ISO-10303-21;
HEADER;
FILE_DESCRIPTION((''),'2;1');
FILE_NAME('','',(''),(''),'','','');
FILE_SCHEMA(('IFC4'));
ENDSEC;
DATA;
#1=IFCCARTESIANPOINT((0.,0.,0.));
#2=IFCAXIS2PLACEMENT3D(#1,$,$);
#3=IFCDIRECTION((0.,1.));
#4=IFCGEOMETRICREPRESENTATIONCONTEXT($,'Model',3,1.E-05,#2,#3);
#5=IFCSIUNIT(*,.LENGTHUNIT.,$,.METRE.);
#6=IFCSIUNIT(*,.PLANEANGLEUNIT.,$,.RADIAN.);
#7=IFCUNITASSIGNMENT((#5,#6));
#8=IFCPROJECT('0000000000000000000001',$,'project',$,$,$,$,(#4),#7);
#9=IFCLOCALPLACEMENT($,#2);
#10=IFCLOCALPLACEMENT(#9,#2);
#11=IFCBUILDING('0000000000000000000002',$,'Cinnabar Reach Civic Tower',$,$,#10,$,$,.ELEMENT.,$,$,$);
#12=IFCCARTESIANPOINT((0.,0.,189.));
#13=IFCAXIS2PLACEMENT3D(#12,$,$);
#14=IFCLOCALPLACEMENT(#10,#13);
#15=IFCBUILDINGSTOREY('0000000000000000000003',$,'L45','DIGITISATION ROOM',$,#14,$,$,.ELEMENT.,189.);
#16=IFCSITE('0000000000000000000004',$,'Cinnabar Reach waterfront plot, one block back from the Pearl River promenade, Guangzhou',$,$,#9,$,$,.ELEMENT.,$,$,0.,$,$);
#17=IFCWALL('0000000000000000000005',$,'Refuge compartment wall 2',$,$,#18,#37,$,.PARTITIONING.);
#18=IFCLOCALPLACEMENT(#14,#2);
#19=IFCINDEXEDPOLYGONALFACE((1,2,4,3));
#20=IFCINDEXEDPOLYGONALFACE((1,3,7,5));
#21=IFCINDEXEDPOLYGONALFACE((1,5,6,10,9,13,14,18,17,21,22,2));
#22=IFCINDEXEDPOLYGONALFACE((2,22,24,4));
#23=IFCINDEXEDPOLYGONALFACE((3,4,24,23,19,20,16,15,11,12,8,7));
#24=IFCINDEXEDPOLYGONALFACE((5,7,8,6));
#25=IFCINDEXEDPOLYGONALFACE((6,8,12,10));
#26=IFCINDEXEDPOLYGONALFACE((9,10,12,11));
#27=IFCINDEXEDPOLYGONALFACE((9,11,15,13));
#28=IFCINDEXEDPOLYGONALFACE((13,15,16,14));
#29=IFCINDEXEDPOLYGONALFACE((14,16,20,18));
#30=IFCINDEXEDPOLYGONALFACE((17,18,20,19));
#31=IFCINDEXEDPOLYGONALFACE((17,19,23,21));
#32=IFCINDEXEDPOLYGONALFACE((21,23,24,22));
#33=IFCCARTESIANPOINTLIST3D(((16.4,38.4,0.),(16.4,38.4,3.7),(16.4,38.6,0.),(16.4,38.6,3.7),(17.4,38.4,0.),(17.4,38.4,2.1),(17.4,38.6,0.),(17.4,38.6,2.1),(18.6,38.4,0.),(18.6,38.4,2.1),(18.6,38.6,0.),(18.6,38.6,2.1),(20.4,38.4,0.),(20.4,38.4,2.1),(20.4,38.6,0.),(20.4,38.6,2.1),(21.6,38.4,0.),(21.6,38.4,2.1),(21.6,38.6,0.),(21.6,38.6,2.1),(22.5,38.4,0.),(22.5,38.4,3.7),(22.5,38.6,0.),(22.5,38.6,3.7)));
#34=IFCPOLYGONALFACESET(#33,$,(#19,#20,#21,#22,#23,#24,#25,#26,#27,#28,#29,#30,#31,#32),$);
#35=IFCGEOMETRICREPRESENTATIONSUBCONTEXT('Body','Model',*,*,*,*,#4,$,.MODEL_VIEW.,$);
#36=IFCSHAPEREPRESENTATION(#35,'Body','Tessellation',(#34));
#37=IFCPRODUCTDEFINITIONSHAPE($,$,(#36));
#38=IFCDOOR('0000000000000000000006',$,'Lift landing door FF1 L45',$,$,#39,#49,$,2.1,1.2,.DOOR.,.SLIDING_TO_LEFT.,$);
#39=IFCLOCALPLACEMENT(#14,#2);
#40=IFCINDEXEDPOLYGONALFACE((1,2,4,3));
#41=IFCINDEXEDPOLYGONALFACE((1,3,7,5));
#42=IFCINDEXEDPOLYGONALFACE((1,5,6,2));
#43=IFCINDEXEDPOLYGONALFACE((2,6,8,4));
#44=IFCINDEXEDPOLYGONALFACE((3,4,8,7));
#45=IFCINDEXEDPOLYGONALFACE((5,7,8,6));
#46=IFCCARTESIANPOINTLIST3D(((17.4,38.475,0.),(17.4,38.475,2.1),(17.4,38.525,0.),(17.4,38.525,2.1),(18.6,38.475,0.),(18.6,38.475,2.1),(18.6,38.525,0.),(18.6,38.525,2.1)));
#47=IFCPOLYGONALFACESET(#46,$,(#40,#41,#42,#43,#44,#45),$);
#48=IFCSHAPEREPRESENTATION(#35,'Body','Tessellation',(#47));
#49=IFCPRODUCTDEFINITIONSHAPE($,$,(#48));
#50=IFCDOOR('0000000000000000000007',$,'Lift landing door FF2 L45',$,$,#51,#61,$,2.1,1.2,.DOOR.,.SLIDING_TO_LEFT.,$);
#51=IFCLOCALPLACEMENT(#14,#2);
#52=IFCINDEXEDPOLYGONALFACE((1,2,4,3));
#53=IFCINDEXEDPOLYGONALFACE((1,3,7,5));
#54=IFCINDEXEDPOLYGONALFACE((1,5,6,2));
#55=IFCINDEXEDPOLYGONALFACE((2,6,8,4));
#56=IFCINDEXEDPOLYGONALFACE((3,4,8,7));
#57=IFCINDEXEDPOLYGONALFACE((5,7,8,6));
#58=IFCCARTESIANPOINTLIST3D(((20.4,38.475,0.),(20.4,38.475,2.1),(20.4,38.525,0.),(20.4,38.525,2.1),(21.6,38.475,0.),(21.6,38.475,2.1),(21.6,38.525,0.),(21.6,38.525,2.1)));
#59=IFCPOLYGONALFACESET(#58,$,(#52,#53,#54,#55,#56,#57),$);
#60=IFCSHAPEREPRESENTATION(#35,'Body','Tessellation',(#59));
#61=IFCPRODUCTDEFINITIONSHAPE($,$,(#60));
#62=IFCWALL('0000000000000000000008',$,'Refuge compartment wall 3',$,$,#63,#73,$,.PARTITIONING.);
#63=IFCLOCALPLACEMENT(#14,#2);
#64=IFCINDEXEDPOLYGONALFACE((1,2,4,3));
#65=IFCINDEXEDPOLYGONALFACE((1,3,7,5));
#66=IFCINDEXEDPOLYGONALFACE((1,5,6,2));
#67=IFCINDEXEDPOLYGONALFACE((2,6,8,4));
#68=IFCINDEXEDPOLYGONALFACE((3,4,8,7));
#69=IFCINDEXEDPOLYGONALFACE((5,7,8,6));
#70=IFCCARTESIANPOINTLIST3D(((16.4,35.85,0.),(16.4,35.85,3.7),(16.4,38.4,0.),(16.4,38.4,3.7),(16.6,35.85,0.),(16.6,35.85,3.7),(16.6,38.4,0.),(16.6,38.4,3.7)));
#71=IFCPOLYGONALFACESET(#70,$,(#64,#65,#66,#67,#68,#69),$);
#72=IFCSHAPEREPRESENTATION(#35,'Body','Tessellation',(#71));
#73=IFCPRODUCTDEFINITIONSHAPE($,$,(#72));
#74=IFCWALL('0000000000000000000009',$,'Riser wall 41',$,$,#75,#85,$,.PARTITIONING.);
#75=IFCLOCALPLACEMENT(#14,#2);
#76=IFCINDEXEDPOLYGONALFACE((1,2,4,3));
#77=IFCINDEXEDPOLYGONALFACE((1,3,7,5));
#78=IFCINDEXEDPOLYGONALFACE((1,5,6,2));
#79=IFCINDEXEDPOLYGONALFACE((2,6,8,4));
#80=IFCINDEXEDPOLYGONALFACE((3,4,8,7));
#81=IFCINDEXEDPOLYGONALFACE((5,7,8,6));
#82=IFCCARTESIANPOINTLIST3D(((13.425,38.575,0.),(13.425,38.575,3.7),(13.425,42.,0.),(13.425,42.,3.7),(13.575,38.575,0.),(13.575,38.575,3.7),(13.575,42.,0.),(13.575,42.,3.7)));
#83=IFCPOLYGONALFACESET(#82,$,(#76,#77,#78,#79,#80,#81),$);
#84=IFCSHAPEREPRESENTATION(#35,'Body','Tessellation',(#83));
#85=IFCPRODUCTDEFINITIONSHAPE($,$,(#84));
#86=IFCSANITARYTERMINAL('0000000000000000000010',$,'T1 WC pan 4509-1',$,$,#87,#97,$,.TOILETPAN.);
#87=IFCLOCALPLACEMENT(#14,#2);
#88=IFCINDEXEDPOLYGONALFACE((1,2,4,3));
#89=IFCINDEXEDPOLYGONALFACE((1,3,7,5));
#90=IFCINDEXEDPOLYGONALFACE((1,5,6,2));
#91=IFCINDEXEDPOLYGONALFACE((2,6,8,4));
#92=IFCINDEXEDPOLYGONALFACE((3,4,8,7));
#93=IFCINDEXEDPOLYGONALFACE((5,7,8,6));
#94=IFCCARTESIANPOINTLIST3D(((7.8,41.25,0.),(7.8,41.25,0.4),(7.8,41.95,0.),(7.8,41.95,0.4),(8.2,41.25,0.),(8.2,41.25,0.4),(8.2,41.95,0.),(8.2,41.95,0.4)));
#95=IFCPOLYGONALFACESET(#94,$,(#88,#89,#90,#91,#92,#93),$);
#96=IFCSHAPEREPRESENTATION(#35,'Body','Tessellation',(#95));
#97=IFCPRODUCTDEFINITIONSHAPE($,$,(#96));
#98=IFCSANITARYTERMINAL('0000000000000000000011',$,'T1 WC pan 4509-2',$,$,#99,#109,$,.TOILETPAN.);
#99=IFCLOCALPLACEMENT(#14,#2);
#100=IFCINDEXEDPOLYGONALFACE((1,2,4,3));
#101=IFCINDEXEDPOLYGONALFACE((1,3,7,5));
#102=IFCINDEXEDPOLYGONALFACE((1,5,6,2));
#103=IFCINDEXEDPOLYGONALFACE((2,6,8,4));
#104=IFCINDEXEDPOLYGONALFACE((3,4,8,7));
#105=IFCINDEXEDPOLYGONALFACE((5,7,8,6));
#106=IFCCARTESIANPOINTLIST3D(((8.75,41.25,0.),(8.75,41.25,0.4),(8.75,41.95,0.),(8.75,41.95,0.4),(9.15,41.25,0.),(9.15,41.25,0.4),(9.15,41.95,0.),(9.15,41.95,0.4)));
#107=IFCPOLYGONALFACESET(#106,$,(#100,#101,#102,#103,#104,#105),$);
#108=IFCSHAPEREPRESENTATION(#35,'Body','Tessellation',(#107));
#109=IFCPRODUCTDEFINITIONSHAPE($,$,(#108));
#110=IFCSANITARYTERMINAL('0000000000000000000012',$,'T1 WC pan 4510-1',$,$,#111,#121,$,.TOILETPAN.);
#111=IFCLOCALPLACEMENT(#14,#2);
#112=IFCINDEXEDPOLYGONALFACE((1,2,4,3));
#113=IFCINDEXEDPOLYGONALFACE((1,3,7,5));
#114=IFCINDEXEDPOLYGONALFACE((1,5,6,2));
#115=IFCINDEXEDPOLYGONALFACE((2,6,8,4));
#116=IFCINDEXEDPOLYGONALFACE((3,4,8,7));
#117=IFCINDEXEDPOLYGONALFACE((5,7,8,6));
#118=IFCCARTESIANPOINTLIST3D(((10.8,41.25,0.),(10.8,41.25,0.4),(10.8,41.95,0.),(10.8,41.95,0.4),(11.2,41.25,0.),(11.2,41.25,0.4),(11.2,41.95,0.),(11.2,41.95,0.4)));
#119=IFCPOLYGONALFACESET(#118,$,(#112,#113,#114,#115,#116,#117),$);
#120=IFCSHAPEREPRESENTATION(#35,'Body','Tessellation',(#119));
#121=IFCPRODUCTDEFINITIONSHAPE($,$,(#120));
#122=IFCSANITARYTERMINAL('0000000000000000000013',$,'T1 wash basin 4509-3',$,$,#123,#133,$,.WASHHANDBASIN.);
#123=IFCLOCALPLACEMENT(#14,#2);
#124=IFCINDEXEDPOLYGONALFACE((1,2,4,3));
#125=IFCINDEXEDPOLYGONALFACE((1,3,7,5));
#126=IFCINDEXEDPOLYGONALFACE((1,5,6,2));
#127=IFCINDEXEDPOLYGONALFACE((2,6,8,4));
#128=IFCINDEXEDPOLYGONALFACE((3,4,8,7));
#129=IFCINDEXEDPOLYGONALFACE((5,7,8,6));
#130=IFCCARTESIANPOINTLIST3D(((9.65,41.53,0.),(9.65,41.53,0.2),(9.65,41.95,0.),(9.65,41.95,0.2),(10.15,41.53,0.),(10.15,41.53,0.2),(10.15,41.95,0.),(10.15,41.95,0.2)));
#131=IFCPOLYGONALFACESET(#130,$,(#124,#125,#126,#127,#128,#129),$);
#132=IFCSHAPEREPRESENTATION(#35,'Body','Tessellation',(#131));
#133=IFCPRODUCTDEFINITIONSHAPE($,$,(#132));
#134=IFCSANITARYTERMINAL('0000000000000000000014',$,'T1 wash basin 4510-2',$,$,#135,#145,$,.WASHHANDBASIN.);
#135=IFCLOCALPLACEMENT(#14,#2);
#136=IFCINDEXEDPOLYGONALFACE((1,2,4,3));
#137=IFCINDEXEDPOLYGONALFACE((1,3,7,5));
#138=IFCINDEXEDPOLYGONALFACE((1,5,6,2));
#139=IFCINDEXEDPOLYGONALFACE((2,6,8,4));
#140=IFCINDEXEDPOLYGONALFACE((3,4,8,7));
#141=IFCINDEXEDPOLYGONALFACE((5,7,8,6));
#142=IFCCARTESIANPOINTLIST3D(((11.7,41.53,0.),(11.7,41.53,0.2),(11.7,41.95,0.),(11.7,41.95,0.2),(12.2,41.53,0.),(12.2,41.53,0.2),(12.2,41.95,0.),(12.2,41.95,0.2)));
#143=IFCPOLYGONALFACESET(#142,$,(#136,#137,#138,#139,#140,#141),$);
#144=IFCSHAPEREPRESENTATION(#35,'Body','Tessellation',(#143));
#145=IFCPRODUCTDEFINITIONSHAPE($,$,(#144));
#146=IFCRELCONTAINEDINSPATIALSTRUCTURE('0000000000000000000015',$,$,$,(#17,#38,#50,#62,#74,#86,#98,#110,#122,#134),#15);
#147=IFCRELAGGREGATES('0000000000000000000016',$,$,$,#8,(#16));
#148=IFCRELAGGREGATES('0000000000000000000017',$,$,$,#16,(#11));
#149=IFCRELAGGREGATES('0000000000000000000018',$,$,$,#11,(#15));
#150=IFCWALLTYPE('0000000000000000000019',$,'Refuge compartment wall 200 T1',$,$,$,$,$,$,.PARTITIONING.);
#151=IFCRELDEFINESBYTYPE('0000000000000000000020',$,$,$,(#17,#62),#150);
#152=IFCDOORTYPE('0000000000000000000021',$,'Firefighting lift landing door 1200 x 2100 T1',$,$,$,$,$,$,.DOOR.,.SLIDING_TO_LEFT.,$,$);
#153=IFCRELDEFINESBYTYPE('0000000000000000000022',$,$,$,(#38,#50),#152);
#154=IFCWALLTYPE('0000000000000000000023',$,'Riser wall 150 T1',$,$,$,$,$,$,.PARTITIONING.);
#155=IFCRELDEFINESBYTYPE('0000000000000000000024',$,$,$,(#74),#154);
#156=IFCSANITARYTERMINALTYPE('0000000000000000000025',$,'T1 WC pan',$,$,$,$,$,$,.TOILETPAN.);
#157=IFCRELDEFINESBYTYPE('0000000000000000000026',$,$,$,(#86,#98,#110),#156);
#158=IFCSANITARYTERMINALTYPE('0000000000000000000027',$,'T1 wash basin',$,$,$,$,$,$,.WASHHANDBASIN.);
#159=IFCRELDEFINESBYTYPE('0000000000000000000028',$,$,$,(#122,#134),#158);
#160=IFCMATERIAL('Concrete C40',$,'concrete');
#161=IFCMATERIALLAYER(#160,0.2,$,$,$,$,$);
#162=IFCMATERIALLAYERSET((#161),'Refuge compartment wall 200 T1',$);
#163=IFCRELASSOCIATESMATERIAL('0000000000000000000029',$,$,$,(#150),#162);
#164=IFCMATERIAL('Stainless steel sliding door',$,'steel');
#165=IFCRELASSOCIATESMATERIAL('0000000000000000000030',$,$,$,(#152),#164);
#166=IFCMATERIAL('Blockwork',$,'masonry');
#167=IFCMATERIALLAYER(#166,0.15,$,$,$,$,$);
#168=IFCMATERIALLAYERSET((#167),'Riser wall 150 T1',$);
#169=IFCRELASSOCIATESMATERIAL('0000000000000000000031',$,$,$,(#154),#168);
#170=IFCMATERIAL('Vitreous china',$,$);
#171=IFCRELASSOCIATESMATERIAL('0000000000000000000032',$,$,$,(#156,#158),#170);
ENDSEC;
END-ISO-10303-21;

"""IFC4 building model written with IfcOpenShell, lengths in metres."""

from ifc_helpers import new_model, si_unit, direction, frame, frame_2d, origin, origin_2d, place, context, subcontext, project, spatial, rectangle, extrude, material, layer, layer_set, type_object, element, fill, save


model = new_model("IFC4")

# Units and contexts
model_context = context("Model", 3, precision=1e-05, world=origin(), true_north=direction((0.0, 1.0)))
body_context = subcontext(model_context, "Body", "Model", "MODEL_VIEW")
ifc_project = project(units=[si_unit("LENGTHUNIT", "METRE"), si_unit("PLANEANGLEUNIT", "RADIAN")], contexts=[model_context])

# Site, building, storey
site_placement = place(None, origin())
site = spatial("IfcSite", under=ifc_project, at=site_placement, Name="Cinnabar Reach waterfront plot, one block back from the Pearl River promenade, Guangzhou", CompositionType="ELEMENT", RefElevation=0.0)
building_placement = place(site_placement, origin())
building = spatial("IfcBuilding", under=site, at=building_placement, Name="Cinnabar Reach Civic Tower", CompositionType="ELEMENT")
storey_placement = place(building_placement, frame((0.0, 0.0, 189.0)))
storey = spatial("IfcBuildingStorey", under=building, at=storey_placement, Name="L45", Description="DIGITISATION ROOM", CompositionType="ELEMENT", Elevation=189.0)

# Shared definitions
ifc_material_1 = material(Name="Blockwork", Category="masonry")
ifc_material_2 = material(Name="Stainless steel sliding door", Category="steel")

# Shared definitions
ifc_material_3 = material(Name="Concrete C40", Category="concrete")
ifc_layer_1 = layer(ifc_material_3, 0.2)
ifc_layer_set_1 = layer_set([ifc_layer_1], Name="Refuge compartment wall 200 T1")
wall_type_1 = type_object("IfcWallType", Name="Refuge compartment wall 200 T1", PredefinedType="PARTITIONING", material=ifc_layer_set_1)

# Wall, openings, doors
wall_1_placement = place(storey_placement, frame((16.4, 38.5, 0.0), z_axis=(0.0, 0.0, 1.0), x_axis=(1.0, 0.0, 0.0)))
wall_1 = element("IfcWall", 1, at=wall_1_placement, inside=storey, type_object=wall_type_1, Name="Refuge compartment wall 2", PredefinedType="PARTITIONING", context=body_context, shape_type="SweptSolid", body=[
    extrude(rectangle(XDim=6.1, YDim=0.2, at=frame_2d((3.05, 0.0))), origin(), (0.0, 0.0, 1.0), 3.7),
])
opening_1_placement = place(wall_1_placement, frame((1.0, 0.0, 0.0)))
opening_1 = element("IfcOpeningElement", 2, at=opening_1_placement, cuts=wall_1, PredefinedType="OPENING", context=body_context, shape_type="SweptSolid", body=[
    extrude(rectangle(XDim=1.2, YDim=2.1, at=frame_2d((0.6, 1.05))), frame((0.0, 0.11, 0.0), z_axis=(0.0, -1.0, 0.0), x_axis=(1.0, 0.0, 0.0)), (0.0, 0.0, 1.0), 0.22),
])
opening_2_placement = place(wall_1_placement, frame((4.0, 0.0, 0.0)))
opening_2 = element("IfcOpeningElement", 3, at=opening_2_placement, cuts=wall_1, PredefinedType="OPENING", context=body_context, shape_type="SweptSolid", body=[
    extrude(rectangle(XDim=1.2, YDim=2.1, at=frame_2d((0.6, 1.05))), frame((0.0, 0.11, 0.0), z_axis=(0.0, -1.0, 0.0), x_axis=(1.0, 0.0, 0.0)), (0.0, 0.0, 1.0), 0.22),
])
door_type_1 = type_object("IfcDoorType", Name="Firefighting lift landing door 1200 x 2100 T1", OperationType="SLIDING_TO_LEFT", PredefinedType="DOOR", material=ifc_material_2)
door_1_placement = place(opening_1_placement, origin())
door_1 = element("IfcDoor", 4, at=door_1_placement, inside=storey, type_object=door_type_1, Name="Lift landing door FF1 L45", OperationType="SLIDING_TO_LEFT", OverallHeight=2.1, OverallWidth=1.2, PredefinedType="DOOR", context=body_context, shape_type="SweptSolid", body=[
    extrude(rectangle(XDim=1.2, YDim=2.1, at=frame_2d((0.6, 1.05))), frame((0.0, 0.025, 0.0), z_axis=(0.0, -1.0, 0.0), x_axis=(1.0, 0.0, 0.0)), (0.0, 0.0, 1.0), 0.05),
])
fill(opening_1, door_1)
door_2_placement = place(opening_2_placement, origin())
door_2 = element("IfcDoor", 5, at=door_2_placement, inside=storey, type_object=door_type_1, Name="Lift landing door FF2 L45", OperationType="SLIDING_TO_LEFT", OverallHeight=2.1, OverallWidth=1.2, PredefinedType="DOOR", context=body_context, shape_type="SweptSolid", body=[
    extrude(rectangle(XDim=1.2, YDim=2.1, at=frame_2d((0.6, 1.05))), frame((0.0, 0.025, 0.0), z_axis=(0.0, -1.0, 0.0), x_axis=(1.0, 0.0, 0.0)), (0.0, 0.0, 1.0), 0.05),
])
fill(opening_2, door_2)

# Walls
wall_2_placement = place(storey_placement, frame((16.5, 35.85, 0.0), z_axis=(0.0, 0.0, 1.0), x_axis=(0.0, 1.0, 0.0)))
element("IfcWall", 6, at=wall_2_placement, inside=storey, type_object=wall_type_1, Name="Refuge compartment wall 3", PredefinedType="PARTITIONING", context=body_context, shape_type="SweptSolid", body=[
    extrude(rectangle(XDim=2.55, YDim=0.2, at=frame_2d((1.275, 0.0))), origin(), (0.0, 0.0, 1.0), 3.7),
])
ifc_layer_2 = layer(ifc_material_1, 0.15)
ifc_layer_set_2 = layer_set([ifc_layer_2], Name="Riser wall 150 T1")
wall_type_2 = type_object("IfcWallType", Name="Riser wall 150 T1", PredefinedType="PARTITIONING", material=ifc_layer_set_2)
wall_3_placement = place(storey_placement, frame((13.5, 38.575, 0.0), z_axis=(0.0, 0.0, 1.0), x_axis=(0.0, 1.0, 0.0)))
element("IfcWall", 7, at=wall_3_placement, inside=storey, type_object=wall_type_2, Name="Riser wall 41", PredefinedType="PARTITIONING", context=body_context, shape_type="SweptSolid", body=[
    extrude(rectangle(XDim=3.425, YDim=0.15, at=frame_2d((1.7125, 0.0))), origin(), (0.0, 0.0, 1.0), 3.7),
])

# Sanitary terminals
ifc_material_4 = material(Name="Vitreous china")
sanitary_terminal_type_1 = type_object("IfcSanitaryTerminalType", Name="T1 WC pan", PredefinedType="TOILETPAN", material=ifc_material_4)
for number, where, z_axis, x_axis, name in (
    (8, (8.0, 41.6, 0.0), (0.0, 0.0, 1.0), (1.0, 0.0, 0.0), "T1 WC pan 4509-1"),
    (9, (8.95, 41.6, 0.0), (0.0, 0.0, 1.0), (1.0, 0.0, 0.0), "T1 WC pan 4509-2"),
    (10, (11.0, 41.6, 0.0), (0.0, 0.0, 1.0), (1.0, 0.0, 0.0), "T1 WC pan 4510-1"),
):
    element("IfcSanitaryTerminal", number, at=place(storey_placement, frame(where, z_axis=z_axis, x_axis=x_axis)), inside=storey, type_object=sanitary_terminal_type_1, Name=name, PredefinedType="TOILETPAN", context=body_context, shape_type="SweptSolid", body=[
        extrude(rectangle(XDim=0.4, YDim=0.7, at=origin_2d()), origin(), (0.0, 0.0, 1.0), 0.4),
    ])
sanitary_terminal_type_2 = type_object("IfcSanitaryTerminalType", Name="T1 wash basin", PredefinedType="WASHHANDBASIN", material=ifc_material_4)
for number, where, z_axis, x_axis, name in (
    (11, (9.9, 41.74, 0.0), (0.0, 0.0, 1.0), (1.0, 0.0, 0.0), "T1 wash basin 4509-3"),
    (12, (11.95, 41.74, 0.0), (0.0, 0.0, 1.0), (1.0, 0.0, 0.0), "T1 wash basin 4510-2"),
):
    element("IfcSanitaryTerminal", number, at=place(storey_placement, frame(where, z_axis=z_axis, x_axis=x_axis)), inside=storey, type_object=sanitary_terminal_type_2, Name=name, PredefinedType="WASHHANDBASIN", context=body_context, shape_type="SweptSolid", body=[
        extrude(rectangle(XDim=0.5, YDim=0.42, at=origin_2d()), origin(), (0.0, 0.0, 1.0), 0.2),
    ])

save(model, "model.ifc")
